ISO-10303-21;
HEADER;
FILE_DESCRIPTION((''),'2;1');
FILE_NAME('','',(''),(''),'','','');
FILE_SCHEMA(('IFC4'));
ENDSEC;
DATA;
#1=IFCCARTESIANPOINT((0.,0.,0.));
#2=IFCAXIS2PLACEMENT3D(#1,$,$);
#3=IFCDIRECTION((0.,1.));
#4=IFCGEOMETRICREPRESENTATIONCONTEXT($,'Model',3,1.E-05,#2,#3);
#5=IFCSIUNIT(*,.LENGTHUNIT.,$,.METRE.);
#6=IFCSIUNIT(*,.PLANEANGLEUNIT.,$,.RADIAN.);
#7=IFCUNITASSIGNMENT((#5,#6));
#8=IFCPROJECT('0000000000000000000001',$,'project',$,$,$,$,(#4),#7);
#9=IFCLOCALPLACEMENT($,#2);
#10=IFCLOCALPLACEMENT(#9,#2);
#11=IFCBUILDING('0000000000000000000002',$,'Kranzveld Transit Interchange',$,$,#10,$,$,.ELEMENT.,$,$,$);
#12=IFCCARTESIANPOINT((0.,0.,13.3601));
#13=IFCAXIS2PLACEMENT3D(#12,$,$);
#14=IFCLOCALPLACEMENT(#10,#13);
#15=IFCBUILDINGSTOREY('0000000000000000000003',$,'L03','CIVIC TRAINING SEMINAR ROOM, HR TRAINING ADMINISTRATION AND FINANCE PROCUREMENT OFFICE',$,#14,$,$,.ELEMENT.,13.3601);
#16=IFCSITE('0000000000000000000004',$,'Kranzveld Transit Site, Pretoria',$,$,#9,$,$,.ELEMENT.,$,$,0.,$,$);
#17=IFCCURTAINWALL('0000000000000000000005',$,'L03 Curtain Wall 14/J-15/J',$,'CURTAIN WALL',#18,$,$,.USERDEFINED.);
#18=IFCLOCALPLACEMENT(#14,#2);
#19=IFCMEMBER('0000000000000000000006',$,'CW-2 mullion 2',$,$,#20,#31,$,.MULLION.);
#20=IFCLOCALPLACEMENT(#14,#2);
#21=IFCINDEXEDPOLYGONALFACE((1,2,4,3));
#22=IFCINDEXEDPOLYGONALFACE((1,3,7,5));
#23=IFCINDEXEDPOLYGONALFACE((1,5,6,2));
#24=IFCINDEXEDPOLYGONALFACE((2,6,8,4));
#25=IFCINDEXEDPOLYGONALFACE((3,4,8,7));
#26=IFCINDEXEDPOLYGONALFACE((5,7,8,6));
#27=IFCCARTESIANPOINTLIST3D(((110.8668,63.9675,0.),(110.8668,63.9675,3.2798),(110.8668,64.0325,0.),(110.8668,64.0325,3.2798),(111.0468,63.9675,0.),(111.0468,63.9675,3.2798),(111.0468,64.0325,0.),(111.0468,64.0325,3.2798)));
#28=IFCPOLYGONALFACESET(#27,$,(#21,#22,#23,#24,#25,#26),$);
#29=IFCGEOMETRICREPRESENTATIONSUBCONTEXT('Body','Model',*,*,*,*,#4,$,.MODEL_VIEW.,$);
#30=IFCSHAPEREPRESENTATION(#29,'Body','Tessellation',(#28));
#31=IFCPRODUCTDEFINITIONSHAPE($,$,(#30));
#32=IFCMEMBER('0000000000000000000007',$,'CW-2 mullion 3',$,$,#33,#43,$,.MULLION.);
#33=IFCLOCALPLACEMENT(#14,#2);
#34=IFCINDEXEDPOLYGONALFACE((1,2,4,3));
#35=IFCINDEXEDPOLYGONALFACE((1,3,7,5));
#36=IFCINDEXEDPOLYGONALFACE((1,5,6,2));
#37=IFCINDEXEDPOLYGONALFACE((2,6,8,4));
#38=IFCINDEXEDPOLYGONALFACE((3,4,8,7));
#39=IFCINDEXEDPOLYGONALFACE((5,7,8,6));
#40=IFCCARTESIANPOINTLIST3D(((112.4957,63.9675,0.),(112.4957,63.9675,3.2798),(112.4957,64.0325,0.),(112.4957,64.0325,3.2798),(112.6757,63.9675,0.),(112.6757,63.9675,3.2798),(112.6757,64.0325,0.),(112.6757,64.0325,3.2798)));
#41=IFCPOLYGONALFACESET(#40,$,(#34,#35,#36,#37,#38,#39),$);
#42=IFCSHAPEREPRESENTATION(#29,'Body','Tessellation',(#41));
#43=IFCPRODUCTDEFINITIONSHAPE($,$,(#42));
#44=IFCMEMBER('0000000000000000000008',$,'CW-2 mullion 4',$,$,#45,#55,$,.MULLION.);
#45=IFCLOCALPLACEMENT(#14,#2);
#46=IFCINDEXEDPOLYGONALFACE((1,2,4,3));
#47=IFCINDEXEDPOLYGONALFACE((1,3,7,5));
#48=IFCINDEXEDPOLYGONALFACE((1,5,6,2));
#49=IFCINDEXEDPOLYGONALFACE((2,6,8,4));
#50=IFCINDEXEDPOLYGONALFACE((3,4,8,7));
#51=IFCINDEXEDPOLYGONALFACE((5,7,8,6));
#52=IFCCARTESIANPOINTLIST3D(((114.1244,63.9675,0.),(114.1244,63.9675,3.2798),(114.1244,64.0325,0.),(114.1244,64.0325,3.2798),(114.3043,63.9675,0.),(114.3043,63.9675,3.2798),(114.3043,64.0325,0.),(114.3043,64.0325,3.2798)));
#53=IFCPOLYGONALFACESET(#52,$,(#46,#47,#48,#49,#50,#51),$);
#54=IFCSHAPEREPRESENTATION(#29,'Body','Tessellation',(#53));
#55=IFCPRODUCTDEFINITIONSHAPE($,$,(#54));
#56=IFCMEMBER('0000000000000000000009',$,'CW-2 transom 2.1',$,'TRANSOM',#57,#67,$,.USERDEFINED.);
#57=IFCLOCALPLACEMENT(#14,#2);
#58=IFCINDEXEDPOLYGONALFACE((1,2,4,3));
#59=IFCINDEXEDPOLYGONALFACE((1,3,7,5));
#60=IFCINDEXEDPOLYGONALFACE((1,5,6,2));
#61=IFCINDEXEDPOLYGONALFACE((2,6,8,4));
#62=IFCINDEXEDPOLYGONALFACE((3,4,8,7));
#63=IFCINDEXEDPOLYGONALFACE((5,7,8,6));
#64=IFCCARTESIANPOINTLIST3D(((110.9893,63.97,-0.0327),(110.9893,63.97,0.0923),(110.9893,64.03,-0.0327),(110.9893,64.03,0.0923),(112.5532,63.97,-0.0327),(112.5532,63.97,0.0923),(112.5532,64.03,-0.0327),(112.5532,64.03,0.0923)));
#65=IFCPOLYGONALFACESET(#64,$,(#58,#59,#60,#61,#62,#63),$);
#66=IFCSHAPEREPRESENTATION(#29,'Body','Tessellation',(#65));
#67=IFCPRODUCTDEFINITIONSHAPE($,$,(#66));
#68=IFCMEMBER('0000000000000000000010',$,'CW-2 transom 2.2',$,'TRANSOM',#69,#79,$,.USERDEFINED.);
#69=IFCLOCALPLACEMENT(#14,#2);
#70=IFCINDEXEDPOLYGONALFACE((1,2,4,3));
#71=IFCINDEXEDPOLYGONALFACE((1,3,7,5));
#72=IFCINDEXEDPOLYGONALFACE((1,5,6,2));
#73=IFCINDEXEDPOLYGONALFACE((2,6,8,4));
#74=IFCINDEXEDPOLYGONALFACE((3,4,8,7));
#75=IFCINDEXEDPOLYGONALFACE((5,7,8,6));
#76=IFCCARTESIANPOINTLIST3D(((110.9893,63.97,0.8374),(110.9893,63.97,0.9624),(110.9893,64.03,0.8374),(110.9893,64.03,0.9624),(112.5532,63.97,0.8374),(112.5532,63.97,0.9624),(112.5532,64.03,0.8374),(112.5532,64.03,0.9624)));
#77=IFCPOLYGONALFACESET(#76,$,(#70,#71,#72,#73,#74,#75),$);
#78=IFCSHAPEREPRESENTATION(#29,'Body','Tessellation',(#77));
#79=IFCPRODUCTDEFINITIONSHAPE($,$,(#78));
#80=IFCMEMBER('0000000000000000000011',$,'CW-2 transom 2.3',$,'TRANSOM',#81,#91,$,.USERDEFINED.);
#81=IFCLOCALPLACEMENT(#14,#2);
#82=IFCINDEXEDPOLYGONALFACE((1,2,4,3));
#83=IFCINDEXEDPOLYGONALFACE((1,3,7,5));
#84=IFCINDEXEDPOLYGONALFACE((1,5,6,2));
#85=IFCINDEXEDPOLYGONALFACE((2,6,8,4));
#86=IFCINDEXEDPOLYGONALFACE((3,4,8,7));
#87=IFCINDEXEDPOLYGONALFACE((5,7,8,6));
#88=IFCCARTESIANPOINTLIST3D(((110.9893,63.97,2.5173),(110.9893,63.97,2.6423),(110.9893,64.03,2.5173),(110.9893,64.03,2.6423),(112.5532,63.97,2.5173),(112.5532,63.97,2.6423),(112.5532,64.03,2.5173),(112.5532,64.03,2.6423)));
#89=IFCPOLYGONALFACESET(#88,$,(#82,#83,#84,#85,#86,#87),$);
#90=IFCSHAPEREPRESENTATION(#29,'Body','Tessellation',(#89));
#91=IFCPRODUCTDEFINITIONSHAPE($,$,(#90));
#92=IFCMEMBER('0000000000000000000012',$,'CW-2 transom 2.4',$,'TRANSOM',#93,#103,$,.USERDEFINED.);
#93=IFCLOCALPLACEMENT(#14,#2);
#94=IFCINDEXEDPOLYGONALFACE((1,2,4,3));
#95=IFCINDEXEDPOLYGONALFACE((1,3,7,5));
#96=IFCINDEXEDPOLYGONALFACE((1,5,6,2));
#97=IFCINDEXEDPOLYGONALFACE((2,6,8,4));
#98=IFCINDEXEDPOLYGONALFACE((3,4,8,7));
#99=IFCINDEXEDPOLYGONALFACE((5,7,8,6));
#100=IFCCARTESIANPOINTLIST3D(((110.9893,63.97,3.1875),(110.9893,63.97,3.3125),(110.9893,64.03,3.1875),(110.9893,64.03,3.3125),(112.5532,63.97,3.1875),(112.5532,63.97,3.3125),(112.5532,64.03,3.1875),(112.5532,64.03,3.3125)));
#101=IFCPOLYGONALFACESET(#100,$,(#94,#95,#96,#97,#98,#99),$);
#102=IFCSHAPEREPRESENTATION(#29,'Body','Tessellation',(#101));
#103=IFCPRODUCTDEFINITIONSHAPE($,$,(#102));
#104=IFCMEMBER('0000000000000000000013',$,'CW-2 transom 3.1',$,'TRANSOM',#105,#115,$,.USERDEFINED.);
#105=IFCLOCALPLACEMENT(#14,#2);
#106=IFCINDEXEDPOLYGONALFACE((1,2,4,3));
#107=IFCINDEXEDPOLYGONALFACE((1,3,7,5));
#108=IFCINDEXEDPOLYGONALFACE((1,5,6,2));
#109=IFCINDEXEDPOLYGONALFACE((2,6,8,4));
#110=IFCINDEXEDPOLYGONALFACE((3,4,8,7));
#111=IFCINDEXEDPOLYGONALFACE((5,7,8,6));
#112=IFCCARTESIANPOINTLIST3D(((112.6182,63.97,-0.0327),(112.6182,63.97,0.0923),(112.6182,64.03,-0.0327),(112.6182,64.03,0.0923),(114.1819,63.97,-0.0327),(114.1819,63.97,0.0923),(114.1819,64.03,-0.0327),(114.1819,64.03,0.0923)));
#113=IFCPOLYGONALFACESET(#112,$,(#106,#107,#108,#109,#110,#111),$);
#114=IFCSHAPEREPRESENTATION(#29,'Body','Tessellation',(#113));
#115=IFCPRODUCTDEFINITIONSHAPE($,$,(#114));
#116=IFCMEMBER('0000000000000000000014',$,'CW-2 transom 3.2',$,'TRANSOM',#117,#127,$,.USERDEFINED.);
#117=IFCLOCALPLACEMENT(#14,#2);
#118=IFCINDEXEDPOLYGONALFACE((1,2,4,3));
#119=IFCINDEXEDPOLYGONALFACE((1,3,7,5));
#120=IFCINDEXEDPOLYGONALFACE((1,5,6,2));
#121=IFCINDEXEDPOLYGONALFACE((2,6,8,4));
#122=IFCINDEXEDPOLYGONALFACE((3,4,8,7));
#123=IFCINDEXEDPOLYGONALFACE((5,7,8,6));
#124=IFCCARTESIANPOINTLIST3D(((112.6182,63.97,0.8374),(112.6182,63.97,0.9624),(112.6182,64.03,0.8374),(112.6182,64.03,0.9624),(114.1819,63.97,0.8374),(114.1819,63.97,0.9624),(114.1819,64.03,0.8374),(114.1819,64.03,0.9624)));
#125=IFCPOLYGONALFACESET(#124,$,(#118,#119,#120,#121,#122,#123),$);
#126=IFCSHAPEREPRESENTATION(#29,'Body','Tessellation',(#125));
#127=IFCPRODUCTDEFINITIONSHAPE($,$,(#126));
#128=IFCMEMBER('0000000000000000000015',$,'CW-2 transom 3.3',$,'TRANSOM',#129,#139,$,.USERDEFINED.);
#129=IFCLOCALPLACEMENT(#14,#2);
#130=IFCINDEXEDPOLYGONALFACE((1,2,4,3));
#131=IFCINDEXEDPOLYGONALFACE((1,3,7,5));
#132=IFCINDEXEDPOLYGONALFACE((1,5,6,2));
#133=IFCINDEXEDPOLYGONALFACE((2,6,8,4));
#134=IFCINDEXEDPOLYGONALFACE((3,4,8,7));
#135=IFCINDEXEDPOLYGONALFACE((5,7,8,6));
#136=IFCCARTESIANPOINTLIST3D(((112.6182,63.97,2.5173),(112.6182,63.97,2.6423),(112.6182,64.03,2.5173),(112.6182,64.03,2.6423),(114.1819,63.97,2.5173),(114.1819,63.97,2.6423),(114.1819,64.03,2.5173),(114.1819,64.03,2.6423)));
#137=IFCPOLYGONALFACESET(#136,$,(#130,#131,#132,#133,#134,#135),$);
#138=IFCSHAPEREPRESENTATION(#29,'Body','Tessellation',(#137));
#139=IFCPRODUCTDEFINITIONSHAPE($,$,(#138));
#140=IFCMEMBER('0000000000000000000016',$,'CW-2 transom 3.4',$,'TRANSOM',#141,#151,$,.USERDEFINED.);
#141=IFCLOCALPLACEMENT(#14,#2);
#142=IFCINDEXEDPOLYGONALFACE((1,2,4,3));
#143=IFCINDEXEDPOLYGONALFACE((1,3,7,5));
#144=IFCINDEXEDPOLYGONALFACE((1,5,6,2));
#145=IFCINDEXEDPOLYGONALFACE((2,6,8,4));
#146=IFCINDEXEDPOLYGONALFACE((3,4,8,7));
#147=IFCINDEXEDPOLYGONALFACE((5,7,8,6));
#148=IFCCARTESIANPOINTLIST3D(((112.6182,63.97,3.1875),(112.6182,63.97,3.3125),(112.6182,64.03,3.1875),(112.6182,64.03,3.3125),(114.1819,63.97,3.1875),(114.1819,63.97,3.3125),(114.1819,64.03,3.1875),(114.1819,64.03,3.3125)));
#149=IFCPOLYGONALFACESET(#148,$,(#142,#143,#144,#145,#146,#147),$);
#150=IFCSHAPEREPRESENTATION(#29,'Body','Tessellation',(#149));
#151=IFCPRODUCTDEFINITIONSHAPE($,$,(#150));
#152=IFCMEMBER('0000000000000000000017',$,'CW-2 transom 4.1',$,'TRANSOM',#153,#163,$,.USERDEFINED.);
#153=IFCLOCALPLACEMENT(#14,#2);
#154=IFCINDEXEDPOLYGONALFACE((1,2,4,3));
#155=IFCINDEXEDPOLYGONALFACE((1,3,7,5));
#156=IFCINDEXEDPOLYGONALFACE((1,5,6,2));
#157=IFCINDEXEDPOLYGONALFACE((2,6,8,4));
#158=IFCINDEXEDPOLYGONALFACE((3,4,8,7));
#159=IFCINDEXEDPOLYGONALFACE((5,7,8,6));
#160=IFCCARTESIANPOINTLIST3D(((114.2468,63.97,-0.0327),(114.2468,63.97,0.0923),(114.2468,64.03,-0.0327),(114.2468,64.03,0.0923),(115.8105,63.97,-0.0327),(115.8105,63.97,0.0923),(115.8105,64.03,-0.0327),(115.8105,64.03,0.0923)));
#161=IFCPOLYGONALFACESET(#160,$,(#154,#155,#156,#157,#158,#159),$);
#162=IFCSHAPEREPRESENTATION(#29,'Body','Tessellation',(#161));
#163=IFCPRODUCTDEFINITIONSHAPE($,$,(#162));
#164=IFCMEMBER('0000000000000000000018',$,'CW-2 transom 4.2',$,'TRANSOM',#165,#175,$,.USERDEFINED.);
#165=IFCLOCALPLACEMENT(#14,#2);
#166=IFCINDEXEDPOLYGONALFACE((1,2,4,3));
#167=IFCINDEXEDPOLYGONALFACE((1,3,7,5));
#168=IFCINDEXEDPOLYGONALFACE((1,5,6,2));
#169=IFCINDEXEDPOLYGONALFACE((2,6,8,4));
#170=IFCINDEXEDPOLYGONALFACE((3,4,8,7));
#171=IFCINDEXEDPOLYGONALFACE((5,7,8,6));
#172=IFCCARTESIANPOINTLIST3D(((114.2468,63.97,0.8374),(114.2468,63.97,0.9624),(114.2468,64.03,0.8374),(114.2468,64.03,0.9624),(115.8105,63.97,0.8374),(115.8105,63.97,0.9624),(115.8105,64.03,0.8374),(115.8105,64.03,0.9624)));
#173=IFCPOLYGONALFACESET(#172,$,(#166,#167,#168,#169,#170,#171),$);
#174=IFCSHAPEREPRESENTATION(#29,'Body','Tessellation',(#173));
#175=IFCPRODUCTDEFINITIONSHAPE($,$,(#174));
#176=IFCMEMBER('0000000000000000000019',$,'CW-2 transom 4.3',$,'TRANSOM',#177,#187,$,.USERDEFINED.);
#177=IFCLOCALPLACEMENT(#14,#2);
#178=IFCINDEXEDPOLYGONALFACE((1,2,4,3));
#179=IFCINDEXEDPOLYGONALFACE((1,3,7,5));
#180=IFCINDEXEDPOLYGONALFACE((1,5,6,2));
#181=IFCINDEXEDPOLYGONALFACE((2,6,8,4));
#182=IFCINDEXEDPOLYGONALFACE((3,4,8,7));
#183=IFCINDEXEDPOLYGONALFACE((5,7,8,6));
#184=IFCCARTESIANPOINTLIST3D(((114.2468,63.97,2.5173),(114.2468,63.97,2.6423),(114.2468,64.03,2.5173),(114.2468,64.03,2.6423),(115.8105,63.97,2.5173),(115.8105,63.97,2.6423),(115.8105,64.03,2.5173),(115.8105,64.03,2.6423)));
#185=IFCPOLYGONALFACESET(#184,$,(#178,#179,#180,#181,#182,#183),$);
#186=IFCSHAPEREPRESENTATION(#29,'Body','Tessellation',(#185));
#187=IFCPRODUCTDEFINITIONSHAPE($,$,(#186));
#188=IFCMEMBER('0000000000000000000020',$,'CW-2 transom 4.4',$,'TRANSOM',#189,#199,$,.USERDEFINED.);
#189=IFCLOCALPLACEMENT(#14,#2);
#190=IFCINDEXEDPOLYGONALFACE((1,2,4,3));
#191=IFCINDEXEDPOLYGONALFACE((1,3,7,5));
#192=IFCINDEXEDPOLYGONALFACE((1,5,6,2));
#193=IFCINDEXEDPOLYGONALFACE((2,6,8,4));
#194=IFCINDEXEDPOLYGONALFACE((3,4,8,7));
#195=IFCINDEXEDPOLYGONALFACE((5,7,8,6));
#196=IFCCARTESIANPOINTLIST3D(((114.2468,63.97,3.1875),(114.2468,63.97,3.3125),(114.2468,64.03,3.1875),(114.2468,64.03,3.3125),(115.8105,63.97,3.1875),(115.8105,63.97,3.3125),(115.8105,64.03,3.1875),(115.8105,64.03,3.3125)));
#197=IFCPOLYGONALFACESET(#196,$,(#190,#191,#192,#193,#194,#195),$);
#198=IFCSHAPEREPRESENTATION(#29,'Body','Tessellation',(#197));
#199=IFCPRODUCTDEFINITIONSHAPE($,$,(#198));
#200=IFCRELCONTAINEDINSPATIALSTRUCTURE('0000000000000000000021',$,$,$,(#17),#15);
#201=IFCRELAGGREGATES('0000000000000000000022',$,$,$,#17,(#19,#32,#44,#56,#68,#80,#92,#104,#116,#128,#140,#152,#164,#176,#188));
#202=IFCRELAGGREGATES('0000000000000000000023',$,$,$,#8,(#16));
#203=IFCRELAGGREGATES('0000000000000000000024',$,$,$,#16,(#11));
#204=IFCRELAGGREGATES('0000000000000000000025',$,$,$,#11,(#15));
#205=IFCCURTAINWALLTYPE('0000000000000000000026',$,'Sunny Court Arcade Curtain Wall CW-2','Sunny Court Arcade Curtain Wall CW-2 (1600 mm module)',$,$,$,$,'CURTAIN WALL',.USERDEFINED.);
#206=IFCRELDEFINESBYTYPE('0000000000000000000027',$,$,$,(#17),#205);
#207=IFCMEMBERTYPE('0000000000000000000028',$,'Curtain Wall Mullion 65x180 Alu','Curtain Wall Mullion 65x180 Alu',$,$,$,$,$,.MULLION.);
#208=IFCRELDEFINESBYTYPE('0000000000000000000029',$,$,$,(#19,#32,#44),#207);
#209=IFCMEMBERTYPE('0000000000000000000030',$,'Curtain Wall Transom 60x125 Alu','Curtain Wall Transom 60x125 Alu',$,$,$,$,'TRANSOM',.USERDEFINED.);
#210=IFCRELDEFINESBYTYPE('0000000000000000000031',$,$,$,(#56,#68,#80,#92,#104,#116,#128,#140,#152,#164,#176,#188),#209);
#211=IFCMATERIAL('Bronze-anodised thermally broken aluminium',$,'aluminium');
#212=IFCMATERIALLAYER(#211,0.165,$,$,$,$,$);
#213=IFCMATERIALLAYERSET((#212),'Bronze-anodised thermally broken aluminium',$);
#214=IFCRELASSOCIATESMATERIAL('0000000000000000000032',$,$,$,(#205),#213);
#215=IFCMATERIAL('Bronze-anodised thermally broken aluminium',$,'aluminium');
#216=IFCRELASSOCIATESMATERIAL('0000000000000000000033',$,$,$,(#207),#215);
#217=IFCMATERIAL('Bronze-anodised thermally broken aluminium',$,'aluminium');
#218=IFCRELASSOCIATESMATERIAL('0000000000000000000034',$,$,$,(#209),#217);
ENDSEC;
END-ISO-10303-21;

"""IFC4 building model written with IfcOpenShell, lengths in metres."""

from ifc_helpers import new_model, si_unit, direction, frame, origin, origin_2d, place, context, subcontext, project, spatial, rectangle, extrude, material, layer, layer_set, material_profile, profile_set, type_object, element, aggregate, save


model = new_model("IFC4")

# Units and contexts
model_context = context("Model", 3, precision=1e-05, world=origin(), true_north=direction((0.0, 1.0)))
body_context = subcontext(model_context, "Body", "Model", "MODEL_VIEW")
ifc_project = project(units=[si_unit("LENGTHUNIT", "METRE"), si_unit("PLANEANGLEUNIT", "RADIAN")], contexts=[model_context])

# Site, building, storey
site_placement = place(None, origin())
site = spatial("IfcSite", under=ifc_project, at=site_placement, Name="Kranzveld Transit Site, Pretoria", CompositionType="ELEMENT", RefElevation=0.0)
building_placement = place(site_placement, origin())
building = spatial("IfcBuilding", under=site, at=building_placement, Name="Kranzveld Transit Interchange", CompositionType="ELEMENT")
storey_placement = place(building_placement, frame((0.0, 0.0, 13.3601)))
storey = spatial("IfcBuildingStorey", under=building, at=storey_placement, Name="L03", Description="CIVIC TRAINING SEMINAR ROOM, HR TRAINING ADMINISTRATION AND FINANCE PROCUREMENT OFFICE", CompositionType="ELEMENT", Elevation=13.3601)

# Curtain wall, members
ifc_material_1 = material(Name="Bronze-anodised thermally broken aluminium", Category="aluminium")
ifc_layer_1 = layer(ifc_material_1, 0.165)
ifc_layer_set_1 = layer_set([ifc_layer_1], Name="Bronze-anodised thermally broken aluminium")
curtain_wall_type = type_object("IfcCurtainWallType", Name="Sunny Court Arcade Curtain Wall CW-2", Description="Sunny Court Arcade Curtain Wall CW-2 (1600 mm module)", ElementType="CURTAIN WALL", PredefinedType="USERDEFINED", material=ifc_layer_set_1)
curtain_wall_placement = place(storey_placement, origin())
curtain_wall = element("IfcCurtainWall", 1, at=curtain_wall_placement, inside=storey, type_object=curtain_wall_type, Name="L03 Curtain Wall 14/J-15/J", ObjectType="CURTAIN WALL", PredefinedType="USERDEFINED")
ifc_material_2 = material(Name="Bronze-anodised thermally broken aluminium", Category="aluminium")
ifc_material_profile_1 = material_profile(ifc_material_2, rectangle(XDim=0.0649, YDim=0.1799, at=origin_2d()), Name="ALU MULLION 65x180")
ifc_profile_set_1 = profile_set([ifc_material_profile_1], Name="Bronze-anodised thermally broken aluminium")
member_type_1 = type_object("IfcMemberType", Name="Curtain Wall Mullion 65x180 Alu", Description="Curtain Wall Mullion 65x180 Alu", PredefinedType="MULLION", material=ifc_profile_set_1)
member_1_placement = place(storey_placement, frame((110.9568, 64.0, 0.0), z_axis=(0.0, 0.0, 1.0), x_axis=(0.0, 1.0, 0.0)))
member_1 = element("IfcMember", 2, at=member_1_placement, type_object=member_type_1, Name="CW-2 mullion 2", PredefinedType="MULLION", context=body_context, shape_type="SweptSolid", body=[
    extrude(rectangle(XDim=0.0649, YDim=0.1799, at=origin_2d()), origin(), (0.0, 0.0, 1.0), 3.2798),
])
member_2_placement = place(storey_placement, frame((112.5857, 64.0, 0.0), z_axis=(0.0, 0.0, 1.0), x_axis=(0.0, 1.0, 0.0)))
member_2 = element("IfcMember", 3, at=member_2_placement, type_object=member_type_1, Name="CW-2 mullion 3", PredefinedType="MULLION", context=body_context, shape_type="SweptSolid", body=[
    extrude(rectangle(XDim=0.0649, YDim=0.1799, at=origin_2d()), origin(), (0.0, 0.0, 1.0), 3.2798),
])
member_3_placement = place(storey_placement, frame((114.2144, 64.0, 0.0), z_axis=(0.0, 0.0, 1.0), x_axis=(0.0, 1.0, 0.0)))
member_3 = element("IfcMember", 4, at=member_3_placement, type_object=member_type_1, Name="CW-2 mullion 4", PredefinedType="MULLION", context=body_context, shape_type="SweptSolid", body=[
    extrude(rectangle(XDim=0.0649, YDim=0.1799, at=origin_2d()), origin(), (0.0, 0.0, 1.0), 3.2798),
])
ifc_material_3 = material(Name="Bronze-anodised thermally broken aluminium", Category="aluminium")
ifc_material_profile_2 = material_profile(ifc_material_3, rectangle(XDim=0.0601, YDim=0.125, at=origin_2d()), Name="ALU TRANSOM 60x125")
ifc_profile_set_2 = profile_set([ifc_material_profile_2], Name="Bronze-anodised thermally broken aluminium")
member_type_2 = type_object("IfcMemberType", Name="Curtain Wall Transom 60x125 Alu", Description="Curtain Wall Transom 60x125 Alu", ElementType="TRANSOM", PredefinedType="USERDEFINED", material=ifc_profile_set_2)
member_4_placement = place(storey_placement, frame((110.9893, 64.0, 0.0298), z_axis=(1.0, 0.0, 0.0), x_axis=(0.0, 1.0, 0.0)))
member_4 = element("IfcMember", 5, at=member_4_placement, type_object=member_type_2, Name="CW-2 transom 2.1", ObjectType="TRANSOM", PredefinedType="USERDEFINED", context=body_context, shape_type="SweptSolid", body=[
    extrude(rectangle(XDim=0.0601, YDim=0.125, at=origin_2d()), origin(), (0.0, 0.0, 1.0), 1.564),
])
member_5_placement = place(storey_placement, frame((110.9893, 64.0, 0.8999), z_axis=(1.0, 0.0, 0.0), x_axis=(0.0, 1.0, 0.0)))
member_5 = element("IfcMember", 6, at=member_5_placement, type_object=member_type_2, Name="CW-2 transom 2.2", ObjectType="TRANSOM", PredefinedType="USERDEFINED", context=body_context, shape_type="SweptSolid", body=[
    extrude(rectangle(XDim=0.0601, YDim=0.125, at=origin_2d()), origin(), (0.0, 0.0, 1.0), 1.564),
])
member_6_placement = place(storey_placement, frame((110.9893, 64.0, 2.5798), z_axis=(1.0, 0.0, 0.0), x_axis=(0.0, 1.0, 0.0)))
member_6 = element("IfcMember", 7, at=member_6_placement, type_object=member_type_2, Name="CW-2 transom 2.3", ObjectType="TRANSOM", PredefinedType="USERDEFINED", context=body_context, shape_type="SweptSolid", body=[
    extrude(rectangle(XDim=0.0601, YDim=0.125, at=origin_2d()), origin(), (0.0, 0.0, 1.0), 1.564),
])
member_7_placement = place(storey_placement, frame((110.9893, 64.0, 3.25), z_axis=(1.0, 0.0, 0.0), x_axis=(0.0, 1.0, 0.0)))
member_7 = element("IfcMember", 8, at=member_7_placement, type_object=member_type_2, Name="CW-2 transom 2.4", ObjectType="TRANSOM", PredefinedType="USERDEFINED", context=body_context, shape_type="SweptSolid", body=[
    extrude(rectangle(XDim=0.0601, YDim=0.125, at=origin_2d()), origin(), (0.0, 0.0, 1.0), 1.564),
])
member_8_placement = place(storey_placement, frame((112.6182, 64.0, 0.0298), z_axis=(1.0, 0.0, 0.0), x_axis=(0.0, 1.0, 0.0)))
member_8 = element("IfcMember", 9, at=member_8_placement, type_object=member_type_2, Name="CW-2 transom 3.1", ObjectType="TRANSOM", PredefinedType="USERDEFINED", context=body_context, shape_type="SweptSolid", body=[
    extrude(rectangle(XDim=0.0601, YDim=0.125, at=origin_2d()), origin(), (0.0, 0.0, 1.0), 1.5637),
])
member_9_placement = place(storey_placement, frame((112.6182, 64.0, 0.8999), z_axis=(1.0, 0.0, 0.0), x_axis=(0.0, 1.0, 0.0)))
member_9 = element("IfcMember", 10, at=member_9_placement, type_object=member_type_2, Name="CW-2 transom 3.2", ObjectType="TRANSOM", PredefinedType="USERDEFINED", context=body_context, shape_type="SweptSolid", body=[
    extrude(rectangle(XDim=0.0601, YDim=0.125, at=origin_2d()), origin(), (0.0, 0.0, 1.0), 1.5637),
])
member_10_placement = place(storey_placement, frame((112.6182, 64.0, 2.5798), z_axis=(1.0, 0.0, 0.0), x_axis=(0.0, 1.0, 0.0)))
member_10 = element("IfcMember", 11, at=member_10_placement, type_object=member_type_2, Name="CW-2 transom 3.3", ObjectType="TRANSOM", PredefinedType="USERDEFINED", context=body_context, shape_type="SweptSolid", body=[
    extrude(rectangle(XDim=0.0601, YDim=0.125, at=origin_2d()), origin(), (0.0, 0.0, 1.0), 1.5637),
])
member_11_placement = place(storey_placement, frame((112.6182, 64.0, 3.25), z_axis=(1.0, 0.0, 0.0), x_axis=(0.0, 1.0, 0.0)))
member_11 = element("IfcMember", 12, at=member_11_placement, type_object=member_type_2, Name="CW-2 transom 3.4", ObjectType="TRANSOM", PredefinedType="USERDEFINED", context=body_context, shape_type="SweptSolid", body=[
    extrude(rectangle(XDim=0.0601, YDim=0.125, at=origin_2d()), origin(), (0.0, 0.0, 1.0), 1.5637),
])
member_12_placement = place(storey_placement, frame((114.2468, 64.0, 0.0298), z_axis=(1.0, 0.0, 0.0), x_axis=(0.0, 1.0, 0.0)))
member_12 = element("IfcMember", 13, at=member_12_placement, type_object=member_type_2, Name="CW-2 transom 4.1", ObjectType="TRANSOM", PredefinedType="USERDEFINED", context=body_context, shape_type="SweptSolid", body=[
    extrude(rectangle(XDim=0.0601, YDim=0.125, at=origin_2d()), origin(), (0.0, 0.0, 1.0), 1.5637),
])
member_13_placement = place(storey_placement, frame((114.2468, 64.0, 0.8999), z_axis=(1.0, 0.0, 0.0), x_axis=(0.0, 1.0, 0.0)))
member_13 = element("IfcMember", 14, at=member_13_placement, type_object=member_type_2, Name="CW-2 transom 4.2", ObjectType="TRANSOM", PredefinedType="USERDEFINED", context=body_context, shape_type="SweptSolid", body=[
    extrude(rectangle(XDim=0.0601, YDim=0.125, at=origin_2d()), origin(), (0.0, 0.0, 1.0), 1.5637),
])
member_14_placement = place(storey_placement, frame((114.2468, 64.0, 2.5798), z_axis=(1.0, 0.0, 0.0), x_axis=(0.0, 1.0, 0.0)))
member_14 = element("IfcMember", 15, at=member_14_placement, type_object=member_type_2, Name="CW-2 transom 4.3", ObjectType="TRANSOM", PredefinedType="USERDEFINED", context=body_context, shape_type="SweptSolid", body=[
    extrude(rectangle(XDim=0.0601, YDim=0.125, at=origin_2d()), origin(), (0.0, 0.0, 1.0), 1.5637),
])
member_15_placement = place(storey_placement, frame((114.2468, 64.0, 3.25), z_axis=(1.0, 0.0, 0.0), x_axis=(0.0, 1.0, 0.0)))
member_15 = element("IfcMember", 16, at=member_15_placement, type_object=member_type_2, Name="CW-2 transom 4.4", ObjectType="TRANSOM", PredefinedType="USERDEFINED", context=body_context, shape_type="SweptSolid", body=[
    extrude(rectangle(XDim=0.0601, YDim=0.125, at=origin_2d()), origin(), (0.0, 0.0, 1.0), 1.5637),
])
aggregate(curtain_wall, [member_1, member_2, member_3, member_4, member_5, member_6, member_7, member_8, member_9, member_10, member_11, member_12, member_13, member_14, member_15])

save(model, "model.ifc")
